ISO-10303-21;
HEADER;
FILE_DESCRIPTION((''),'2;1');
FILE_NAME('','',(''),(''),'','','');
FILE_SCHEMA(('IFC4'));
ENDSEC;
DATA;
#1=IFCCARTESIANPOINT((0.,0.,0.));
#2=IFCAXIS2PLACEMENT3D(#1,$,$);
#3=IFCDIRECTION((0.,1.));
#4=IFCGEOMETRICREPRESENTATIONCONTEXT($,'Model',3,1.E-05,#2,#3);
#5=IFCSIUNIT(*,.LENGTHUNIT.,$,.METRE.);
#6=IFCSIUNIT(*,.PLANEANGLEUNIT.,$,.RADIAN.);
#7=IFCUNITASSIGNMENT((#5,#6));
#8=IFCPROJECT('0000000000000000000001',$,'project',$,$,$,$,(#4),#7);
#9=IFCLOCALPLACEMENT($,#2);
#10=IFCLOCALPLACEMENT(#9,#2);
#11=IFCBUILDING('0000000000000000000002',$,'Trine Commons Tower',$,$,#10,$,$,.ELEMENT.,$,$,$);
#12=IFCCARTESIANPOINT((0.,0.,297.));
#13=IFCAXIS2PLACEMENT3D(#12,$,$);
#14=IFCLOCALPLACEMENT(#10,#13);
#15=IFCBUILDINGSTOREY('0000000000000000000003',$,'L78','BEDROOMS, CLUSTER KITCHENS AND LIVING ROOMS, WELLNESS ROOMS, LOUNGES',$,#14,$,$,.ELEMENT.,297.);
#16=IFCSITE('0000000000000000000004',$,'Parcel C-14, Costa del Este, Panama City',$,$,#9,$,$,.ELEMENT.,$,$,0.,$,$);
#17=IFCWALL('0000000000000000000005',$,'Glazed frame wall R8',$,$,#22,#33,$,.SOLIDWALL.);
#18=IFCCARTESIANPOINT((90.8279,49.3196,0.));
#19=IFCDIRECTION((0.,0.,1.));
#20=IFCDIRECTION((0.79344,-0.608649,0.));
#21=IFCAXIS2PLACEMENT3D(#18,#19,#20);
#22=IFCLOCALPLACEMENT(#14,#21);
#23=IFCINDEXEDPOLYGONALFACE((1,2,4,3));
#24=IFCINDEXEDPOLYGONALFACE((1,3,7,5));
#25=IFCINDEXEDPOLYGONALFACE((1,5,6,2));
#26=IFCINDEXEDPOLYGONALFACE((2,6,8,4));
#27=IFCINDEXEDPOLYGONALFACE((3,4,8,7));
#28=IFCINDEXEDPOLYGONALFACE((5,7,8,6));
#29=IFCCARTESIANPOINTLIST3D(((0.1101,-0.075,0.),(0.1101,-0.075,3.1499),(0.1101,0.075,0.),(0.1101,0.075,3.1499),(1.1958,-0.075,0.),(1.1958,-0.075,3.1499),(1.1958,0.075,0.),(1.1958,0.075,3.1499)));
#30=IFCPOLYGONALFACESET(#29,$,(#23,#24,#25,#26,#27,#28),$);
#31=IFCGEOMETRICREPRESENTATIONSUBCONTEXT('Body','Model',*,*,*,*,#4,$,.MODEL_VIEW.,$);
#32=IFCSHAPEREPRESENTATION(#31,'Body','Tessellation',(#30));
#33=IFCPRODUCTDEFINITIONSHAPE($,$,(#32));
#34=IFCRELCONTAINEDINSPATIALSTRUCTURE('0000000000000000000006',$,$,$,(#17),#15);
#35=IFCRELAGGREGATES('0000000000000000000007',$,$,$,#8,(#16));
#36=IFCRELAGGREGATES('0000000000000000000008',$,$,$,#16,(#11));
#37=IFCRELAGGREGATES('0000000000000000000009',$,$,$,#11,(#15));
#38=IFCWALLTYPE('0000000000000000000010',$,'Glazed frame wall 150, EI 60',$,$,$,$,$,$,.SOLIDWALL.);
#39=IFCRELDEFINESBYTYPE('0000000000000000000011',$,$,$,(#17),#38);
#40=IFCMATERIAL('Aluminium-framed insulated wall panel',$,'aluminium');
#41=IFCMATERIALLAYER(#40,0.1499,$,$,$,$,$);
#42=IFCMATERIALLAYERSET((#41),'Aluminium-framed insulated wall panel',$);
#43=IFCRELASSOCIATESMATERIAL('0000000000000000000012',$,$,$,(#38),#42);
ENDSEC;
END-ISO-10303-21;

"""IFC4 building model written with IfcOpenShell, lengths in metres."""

from ifc_helpers import new_model, si_unit, direction, frame, origin, place, context, subcontext, project, spatial, polyline, outline, extrude, material, layer, layer_set, type_object, element, save


model = new_model("IFC4")

# Units and contexts
model_context = context("Model", 3, precision=1e-05, world=origin(), true_north=direction((0.0, 1.0)))
body_context = subcontext(model_context, "Body", "Model", "MODEL_VIEW")
ifc_project = project(units=[si_unit("LENGTHUNIT", "METRE"), si_unit("PLANEANGLEUNIT", "RADIAN")], contexts=[model_context])

# Site, building, storey
site_placement = place(None, origin())
site = spatial("IfcSite", under=ifc_project, at=site_placement, Name="Parcel C-14, Costa del Este, Panama City", CompositionType="ELEMENT", RefElevation=0.0)
building_placement = place(site_placement, origin())
building = spatial("IfcBuilding", under=site, at=building_placement, Name="Trine Commons Tower", CompositionType="ELEMENT")
storey_placement = place(building_placement, frame((0.0, 0.0, 297.0)))
storey = spatial("IfcBuildingStorey", under=building, at=storey_placement, Name="L78", Description="BEDROOMS, CLUSTER KITCHENS AND LIVING ROOMS, WELLNESS ROOMS, LOUNGES", CompositionType="ELEMENT", Elevation=297.0)

# Shared definitions
ifc_material_1 = material(Name="Aluminium-framed insulated wall panel", Category="aluminium")
ifc_layer_1 = layer(ifc_material_1, 0.1499)
ifc_layer_set_1 = layer_set([ifc_layer_1], Name="Aluminium-framed insulated wall panel")
wall_type_1 = type_object("IfcWallType", Name="Glazed frame wall 150, EI 60", PredefinedType="SOLIDWALL", material=ifc_layer_set_1)

# Wall
wall_1_placement = place(storey_placement, frame((90.8279, 49.3196, 0.0), z_axis=(0.0, 0.0, 1.0), x_axis=(0.79344, -0.608649, 0.0)))
element("IfcWall", 1, at=wall_1_placement, inside=storey, type_object=wall_type_1, Name="Glazed frame wall R8", PredefinedType="SOLIDWALL", context=body_context, shape_type="SweptSolid", body=[
    extrude(outline(polyline([(0.1101, 0.075), (0.1101, -0.075), (1.1958, -0.075), (1.1958, 0.075), (0.1101, 0.075)])), origin(), (0.0, 0.0, 1.0), 3.1499),
])

save(model, "model.ifc")
